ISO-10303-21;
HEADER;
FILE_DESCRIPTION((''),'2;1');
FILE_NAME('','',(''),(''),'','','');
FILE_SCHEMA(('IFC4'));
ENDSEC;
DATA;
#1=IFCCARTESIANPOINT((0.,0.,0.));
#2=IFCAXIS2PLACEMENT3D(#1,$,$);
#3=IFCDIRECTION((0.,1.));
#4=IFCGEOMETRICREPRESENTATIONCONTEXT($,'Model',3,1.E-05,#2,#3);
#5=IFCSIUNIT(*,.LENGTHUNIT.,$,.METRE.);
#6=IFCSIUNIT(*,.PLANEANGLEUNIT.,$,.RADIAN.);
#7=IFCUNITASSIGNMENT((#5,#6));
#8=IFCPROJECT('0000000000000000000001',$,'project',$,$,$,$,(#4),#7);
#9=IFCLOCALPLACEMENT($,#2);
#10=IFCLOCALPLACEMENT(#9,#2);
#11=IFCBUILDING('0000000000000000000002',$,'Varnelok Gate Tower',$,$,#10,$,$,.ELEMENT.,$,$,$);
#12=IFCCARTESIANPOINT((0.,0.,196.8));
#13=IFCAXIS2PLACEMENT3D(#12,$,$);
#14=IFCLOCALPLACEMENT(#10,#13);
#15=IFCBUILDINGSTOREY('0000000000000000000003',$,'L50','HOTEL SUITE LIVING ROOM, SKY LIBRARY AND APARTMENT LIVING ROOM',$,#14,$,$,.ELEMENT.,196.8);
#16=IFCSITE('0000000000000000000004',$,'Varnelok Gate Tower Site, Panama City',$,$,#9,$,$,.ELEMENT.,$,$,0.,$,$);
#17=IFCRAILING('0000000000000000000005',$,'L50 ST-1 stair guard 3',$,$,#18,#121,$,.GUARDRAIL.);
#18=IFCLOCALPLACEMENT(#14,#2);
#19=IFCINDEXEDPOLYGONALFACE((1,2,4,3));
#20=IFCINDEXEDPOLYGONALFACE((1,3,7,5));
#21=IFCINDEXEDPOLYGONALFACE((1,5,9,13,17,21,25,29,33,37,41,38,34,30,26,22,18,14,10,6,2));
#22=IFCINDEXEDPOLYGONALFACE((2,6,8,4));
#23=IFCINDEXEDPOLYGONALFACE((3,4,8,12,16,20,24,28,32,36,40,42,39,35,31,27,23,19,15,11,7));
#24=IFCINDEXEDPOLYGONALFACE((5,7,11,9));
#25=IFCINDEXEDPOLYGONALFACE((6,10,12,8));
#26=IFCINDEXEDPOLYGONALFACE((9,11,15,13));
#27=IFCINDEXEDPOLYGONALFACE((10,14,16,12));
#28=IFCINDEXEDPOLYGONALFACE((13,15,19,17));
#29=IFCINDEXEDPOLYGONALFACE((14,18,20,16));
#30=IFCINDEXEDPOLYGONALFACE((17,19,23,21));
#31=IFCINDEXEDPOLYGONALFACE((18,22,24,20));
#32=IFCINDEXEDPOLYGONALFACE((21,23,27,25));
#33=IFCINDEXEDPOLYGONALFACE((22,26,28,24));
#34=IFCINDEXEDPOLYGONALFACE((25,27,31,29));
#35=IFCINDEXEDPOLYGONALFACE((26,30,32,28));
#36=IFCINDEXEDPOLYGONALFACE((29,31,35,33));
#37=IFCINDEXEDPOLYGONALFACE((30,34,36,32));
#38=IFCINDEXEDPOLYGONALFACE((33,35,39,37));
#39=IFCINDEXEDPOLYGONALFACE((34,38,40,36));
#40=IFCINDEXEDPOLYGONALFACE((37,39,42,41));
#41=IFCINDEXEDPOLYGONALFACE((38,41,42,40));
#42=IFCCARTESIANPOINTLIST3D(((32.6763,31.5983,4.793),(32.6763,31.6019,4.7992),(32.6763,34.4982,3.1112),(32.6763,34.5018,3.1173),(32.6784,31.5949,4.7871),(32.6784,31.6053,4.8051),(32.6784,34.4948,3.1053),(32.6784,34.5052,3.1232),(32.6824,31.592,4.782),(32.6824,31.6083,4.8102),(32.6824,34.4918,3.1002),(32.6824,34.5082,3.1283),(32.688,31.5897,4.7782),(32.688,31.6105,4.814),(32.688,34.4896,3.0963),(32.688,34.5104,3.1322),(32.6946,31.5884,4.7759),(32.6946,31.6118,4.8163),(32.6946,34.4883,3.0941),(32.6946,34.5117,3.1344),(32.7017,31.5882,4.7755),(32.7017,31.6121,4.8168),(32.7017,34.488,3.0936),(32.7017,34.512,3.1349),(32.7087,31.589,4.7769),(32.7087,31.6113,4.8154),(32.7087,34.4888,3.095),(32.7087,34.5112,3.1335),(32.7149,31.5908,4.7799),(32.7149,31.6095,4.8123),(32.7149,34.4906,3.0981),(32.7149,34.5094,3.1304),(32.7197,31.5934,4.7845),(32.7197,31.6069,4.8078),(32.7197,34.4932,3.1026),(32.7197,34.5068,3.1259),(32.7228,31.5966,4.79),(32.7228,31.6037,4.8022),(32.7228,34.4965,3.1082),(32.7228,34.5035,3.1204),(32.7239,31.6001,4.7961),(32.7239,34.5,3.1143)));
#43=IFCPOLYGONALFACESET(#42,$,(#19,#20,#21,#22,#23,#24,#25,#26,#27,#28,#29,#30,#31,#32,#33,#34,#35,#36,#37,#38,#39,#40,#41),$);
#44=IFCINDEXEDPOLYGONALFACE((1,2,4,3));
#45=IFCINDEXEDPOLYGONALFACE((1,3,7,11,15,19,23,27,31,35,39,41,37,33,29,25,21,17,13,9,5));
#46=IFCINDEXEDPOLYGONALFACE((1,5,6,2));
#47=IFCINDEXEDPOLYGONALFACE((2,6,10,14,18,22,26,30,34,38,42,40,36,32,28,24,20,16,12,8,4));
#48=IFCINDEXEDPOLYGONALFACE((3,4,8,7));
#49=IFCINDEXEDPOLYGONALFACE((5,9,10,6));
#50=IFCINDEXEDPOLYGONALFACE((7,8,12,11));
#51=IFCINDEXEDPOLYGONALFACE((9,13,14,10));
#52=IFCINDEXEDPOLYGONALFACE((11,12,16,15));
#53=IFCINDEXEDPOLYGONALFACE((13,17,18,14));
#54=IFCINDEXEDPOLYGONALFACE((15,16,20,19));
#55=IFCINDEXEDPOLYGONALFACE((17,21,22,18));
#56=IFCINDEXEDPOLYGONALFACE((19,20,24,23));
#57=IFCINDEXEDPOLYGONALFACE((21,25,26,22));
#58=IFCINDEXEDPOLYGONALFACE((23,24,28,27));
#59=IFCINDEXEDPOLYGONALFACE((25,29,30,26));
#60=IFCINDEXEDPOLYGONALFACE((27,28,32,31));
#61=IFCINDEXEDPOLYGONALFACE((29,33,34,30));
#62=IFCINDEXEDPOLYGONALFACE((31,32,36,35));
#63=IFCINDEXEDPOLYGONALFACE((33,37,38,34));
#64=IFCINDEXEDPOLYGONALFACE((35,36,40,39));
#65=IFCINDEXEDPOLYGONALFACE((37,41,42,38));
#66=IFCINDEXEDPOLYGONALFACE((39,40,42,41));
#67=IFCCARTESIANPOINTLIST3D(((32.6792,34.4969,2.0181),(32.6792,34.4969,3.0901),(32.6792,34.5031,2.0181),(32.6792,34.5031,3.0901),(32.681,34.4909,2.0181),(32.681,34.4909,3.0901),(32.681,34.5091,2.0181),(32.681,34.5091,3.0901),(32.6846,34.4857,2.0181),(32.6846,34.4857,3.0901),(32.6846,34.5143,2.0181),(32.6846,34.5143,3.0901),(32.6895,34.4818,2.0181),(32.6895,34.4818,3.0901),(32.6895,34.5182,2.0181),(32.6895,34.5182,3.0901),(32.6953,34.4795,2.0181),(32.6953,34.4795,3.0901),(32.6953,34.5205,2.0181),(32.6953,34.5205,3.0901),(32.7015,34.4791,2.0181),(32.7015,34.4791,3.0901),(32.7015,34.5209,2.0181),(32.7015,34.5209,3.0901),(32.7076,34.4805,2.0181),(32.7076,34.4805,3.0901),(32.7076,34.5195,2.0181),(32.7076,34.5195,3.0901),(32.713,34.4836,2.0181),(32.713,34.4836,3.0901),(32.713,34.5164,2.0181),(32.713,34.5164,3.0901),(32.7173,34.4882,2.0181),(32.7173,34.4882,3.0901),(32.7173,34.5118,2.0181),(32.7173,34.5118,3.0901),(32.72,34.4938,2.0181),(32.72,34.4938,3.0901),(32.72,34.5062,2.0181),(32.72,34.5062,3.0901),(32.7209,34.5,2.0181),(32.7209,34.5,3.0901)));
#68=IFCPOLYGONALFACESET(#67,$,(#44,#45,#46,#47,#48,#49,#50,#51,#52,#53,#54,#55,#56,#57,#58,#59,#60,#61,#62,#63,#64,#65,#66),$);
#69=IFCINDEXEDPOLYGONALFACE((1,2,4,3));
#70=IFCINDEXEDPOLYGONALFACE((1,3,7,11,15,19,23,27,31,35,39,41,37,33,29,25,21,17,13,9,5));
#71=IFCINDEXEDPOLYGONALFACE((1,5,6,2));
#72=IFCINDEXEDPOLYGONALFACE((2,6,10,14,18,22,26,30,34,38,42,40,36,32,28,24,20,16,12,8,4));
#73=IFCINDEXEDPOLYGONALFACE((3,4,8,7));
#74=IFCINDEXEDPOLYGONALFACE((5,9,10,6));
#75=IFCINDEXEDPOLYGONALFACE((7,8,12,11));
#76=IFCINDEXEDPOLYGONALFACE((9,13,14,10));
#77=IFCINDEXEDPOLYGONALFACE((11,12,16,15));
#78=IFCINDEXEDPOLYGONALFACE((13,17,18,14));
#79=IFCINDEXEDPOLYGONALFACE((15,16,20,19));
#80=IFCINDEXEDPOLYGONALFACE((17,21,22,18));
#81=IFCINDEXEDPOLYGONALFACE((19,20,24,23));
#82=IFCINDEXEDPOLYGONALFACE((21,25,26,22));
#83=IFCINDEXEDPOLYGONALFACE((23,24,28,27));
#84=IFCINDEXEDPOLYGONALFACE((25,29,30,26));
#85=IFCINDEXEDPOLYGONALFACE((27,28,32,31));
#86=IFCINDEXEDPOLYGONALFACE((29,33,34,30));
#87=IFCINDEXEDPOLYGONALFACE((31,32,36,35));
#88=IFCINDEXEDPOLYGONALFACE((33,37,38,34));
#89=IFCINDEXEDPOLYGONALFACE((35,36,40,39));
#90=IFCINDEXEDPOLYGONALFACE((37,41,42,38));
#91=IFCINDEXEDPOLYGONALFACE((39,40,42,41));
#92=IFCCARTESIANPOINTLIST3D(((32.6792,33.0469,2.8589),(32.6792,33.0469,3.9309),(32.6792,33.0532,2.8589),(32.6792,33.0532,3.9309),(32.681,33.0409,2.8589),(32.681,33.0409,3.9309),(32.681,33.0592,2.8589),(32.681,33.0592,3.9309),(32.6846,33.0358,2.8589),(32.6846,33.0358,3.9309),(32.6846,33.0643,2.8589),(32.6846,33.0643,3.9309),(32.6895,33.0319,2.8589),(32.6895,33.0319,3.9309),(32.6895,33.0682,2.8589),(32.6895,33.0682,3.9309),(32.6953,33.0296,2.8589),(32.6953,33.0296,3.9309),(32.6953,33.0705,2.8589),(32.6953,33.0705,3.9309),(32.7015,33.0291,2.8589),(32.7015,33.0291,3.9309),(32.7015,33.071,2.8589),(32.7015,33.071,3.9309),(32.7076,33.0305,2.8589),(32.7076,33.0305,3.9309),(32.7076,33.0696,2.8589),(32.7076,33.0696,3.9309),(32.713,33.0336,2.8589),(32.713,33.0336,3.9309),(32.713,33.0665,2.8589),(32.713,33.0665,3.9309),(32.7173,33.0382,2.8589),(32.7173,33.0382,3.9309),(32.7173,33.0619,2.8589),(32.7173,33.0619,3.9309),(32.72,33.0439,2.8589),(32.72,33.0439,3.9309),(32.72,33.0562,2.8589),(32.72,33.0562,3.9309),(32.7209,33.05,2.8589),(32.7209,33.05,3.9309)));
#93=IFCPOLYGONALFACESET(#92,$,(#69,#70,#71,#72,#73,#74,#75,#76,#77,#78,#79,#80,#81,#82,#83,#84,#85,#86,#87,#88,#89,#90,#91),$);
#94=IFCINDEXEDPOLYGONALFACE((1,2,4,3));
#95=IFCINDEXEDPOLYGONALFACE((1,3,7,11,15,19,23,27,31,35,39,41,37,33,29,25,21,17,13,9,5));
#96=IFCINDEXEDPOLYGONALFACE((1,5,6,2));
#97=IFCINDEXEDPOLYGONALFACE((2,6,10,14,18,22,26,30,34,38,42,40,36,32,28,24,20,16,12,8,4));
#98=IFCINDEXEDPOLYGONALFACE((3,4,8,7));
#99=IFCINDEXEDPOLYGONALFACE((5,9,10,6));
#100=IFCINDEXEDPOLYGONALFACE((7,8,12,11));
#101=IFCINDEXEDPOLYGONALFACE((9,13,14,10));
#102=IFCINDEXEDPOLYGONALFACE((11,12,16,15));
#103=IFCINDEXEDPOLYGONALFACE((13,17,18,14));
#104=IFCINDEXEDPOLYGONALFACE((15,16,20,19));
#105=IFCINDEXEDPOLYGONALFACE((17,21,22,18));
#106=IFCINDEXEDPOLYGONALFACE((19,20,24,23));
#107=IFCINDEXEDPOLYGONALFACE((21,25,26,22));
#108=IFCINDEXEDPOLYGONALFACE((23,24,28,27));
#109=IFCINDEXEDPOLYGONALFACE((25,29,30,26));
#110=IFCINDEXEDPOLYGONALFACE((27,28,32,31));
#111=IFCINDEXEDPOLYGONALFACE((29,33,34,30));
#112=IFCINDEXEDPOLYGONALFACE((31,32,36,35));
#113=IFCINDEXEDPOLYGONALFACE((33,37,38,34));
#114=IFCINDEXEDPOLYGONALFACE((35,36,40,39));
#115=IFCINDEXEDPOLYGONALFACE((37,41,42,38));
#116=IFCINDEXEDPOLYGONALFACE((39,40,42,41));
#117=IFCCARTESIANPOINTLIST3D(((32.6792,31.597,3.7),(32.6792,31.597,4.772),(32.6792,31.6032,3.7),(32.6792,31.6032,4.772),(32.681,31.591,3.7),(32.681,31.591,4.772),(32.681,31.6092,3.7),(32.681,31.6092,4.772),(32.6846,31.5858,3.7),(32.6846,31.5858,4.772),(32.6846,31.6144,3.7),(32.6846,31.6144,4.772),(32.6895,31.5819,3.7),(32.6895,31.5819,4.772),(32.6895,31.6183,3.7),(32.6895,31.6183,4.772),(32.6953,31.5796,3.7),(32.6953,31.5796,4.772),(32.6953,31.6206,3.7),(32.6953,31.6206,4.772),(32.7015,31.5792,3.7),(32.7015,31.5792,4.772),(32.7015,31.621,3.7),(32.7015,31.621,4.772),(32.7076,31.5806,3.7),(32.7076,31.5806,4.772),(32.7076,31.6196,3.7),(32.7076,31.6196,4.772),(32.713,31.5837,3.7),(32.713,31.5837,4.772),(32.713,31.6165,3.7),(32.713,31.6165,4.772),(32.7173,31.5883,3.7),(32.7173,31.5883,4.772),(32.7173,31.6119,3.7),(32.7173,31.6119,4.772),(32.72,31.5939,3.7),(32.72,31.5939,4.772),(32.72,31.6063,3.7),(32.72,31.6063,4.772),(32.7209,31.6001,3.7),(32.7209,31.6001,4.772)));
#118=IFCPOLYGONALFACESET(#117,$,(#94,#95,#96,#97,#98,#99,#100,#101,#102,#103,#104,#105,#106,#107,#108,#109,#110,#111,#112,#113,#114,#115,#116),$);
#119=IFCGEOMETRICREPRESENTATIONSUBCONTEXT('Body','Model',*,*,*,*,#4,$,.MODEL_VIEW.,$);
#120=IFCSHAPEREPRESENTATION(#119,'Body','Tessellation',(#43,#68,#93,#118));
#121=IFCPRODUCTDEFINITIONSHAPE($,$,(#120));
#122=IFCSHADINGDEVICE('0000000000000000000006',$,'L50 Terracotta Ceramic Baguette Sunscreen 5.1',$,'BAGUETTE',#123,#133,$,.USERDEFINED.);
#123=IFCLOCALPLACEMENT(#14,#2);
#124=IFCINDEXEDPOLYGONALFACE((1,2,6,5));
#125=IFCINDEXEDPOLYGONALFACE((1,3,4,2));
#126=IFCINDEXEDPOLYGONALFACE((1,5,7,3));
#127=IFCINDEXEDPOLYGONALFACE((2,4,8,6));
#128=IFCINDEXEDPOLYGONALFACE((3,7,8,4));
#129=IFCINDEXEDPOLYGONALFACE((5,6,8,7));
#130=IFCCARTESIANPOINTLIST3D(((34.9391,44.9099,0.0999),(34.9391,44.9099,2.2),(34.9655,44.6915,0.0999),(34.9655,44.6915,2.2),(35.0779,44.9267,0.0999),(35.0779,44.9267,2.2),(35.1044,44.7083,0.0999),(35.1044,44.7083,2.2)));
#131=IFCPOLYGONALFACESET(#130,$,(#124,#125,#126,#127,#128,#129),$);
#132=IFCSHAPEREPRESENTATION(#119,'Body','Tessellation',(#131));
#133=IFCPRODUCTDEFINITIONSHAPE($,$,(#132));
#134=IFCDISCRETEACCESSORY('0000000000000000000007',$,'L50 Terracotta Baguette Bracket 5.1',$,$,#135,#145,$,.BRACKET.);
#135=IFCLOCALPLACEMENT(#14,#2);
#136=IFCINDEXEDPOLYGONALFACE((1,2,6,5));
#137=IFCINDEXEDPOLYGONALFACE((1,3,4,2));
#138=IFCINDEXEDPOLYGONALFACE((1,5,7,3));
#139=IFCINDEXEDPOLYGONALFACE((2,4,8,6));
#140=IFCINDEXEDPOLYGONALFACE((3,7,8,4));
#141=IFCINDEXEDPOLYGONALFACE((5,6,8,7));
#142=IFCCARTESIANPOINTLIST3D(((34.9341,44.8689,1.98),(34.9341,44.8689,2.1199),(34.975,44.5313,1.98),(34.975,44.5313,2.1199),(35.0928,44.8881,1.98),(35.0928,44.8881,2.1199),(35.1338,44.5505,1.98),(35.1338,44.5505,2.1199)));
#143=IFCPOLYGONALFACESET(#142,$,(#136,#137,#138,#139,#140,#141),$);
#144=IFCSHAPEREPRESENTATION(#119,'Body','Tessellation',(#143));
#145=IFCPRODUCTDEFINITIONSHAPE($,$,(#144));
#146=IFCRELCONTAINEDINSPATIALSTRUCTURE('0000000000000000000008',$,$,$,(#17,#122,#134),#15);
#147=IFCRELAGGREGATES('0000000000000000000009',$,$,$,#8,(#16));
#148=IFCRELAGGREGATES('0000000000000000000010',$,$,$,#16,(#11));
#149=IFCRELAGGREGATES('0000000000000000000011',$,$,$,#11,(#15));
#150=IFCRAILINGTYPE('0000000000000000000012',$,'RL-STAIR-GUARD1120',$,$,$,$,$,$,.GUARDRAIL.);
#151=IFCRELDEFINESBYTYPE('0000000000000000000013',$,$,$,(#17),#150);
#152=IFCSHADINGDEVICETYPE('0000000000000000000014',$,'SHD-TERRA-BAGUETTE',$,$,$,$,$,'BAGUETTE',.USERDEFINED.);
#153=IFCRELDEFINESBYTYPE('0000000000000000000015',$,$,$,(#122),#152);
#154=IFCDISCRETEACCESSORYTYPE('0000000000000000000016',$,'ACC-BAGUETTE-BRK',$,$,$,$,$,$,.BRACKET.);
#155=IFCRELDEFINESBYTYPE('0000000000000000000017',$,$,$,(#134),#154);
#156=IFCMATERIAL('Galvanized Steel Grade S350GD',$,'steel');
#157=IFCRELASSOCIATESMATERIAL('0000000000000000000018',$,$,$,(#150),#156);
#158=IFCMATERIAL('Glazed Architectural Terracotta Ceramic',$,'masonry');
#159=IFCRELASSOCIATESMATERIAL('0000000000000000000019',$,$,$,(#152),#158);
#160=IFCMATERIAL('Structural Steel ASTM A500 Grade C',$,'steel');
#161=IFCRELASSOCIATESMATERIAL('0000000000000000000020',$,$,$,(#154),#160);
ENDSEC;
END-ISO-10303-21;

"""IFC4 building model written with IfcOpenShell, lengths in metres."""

from ifc_helpers import new_model, si_unit, direction, frame, origin, origin_2d, place, context, subcontext, project, spatial, rectangle, circle, extrude, source, transform, mapped, material, type_object, element, save


model = new_model("IFC4")

# Units and contexts
model_context = context("Model", 3, precision=1e-05, world=origin(), true_north=direction((0.0, 1.0)))
body_context = subcontext(model_context, "Body", "Model", "MODEL_VIEW")
ifc_project = project(units=[si_unit("LENGTHUNIT", "METRE"), si_unit("PLANEANGLEUNIT", "RADIAN")], contexts=[model_context])

# Site, building, storey
site_placement = place(None, origin())
site = spatial("IfcSite", under=ifc_project, at=site_placement, Name="Varnelok Gate Tower Site, Panama City", CompositionType="ELEMENT", RefElevation=0.0)
building_placement = place(site_placement, origin())
building = spatial("IfcBuilding", under=site, at=building_placement, Name="Varnelok Gate Tower", CompositionType="ELEMENT")
storey_placement = place(building_placement, frame((0.0, 0.0, 196.8)))
storey = spatial("IfcBuildingStorey", under=building, at=storey_placement, Name="L50", Description="HOTEL SUITE LIVING ROOM, SKY LIBRARY AND APARTMENT LIVING ROOM", CompositionType="ELEMENT", Elevation=196.8)

# Railing
ifc_material_1 = material(Name="Galvanized Steel Grade S350GD", Category="steel")
railing_type_1 = type_object("IfcRailingType", Name="RL-STAIR-GUARD1120", PredefinedType="GUARDRAIL", material=ifc_material_1)
railing_1_placement = place(storey_placement, frame((32.7, 34.5, 2.0181)))
element("IfcRailing", 1, at=railing_1_placement, inside=storey, type_object=railing_type_1, Name="L50 ST-1 stair guard 3", PredefinedType="GUARDRAIL", context=body_context, shape_type="SweptSolid", body=[
    extrude(circle(Radius=0.0239, at=origin_2d()), frame((0.0, 0.0, 1.0962), z_axis=(0.0, -0.865039, 0.501705), x_axis=(1.0, 0.0, 0.0)), (0.0, 0.0, 1.0), 3.3523),
    extrude(circle(Radius=0.021, at=origin_2d()), origin(), (0.0, 0.0, 1.0), 1.072),
    extrude(circle(Radius=0.021, at=origin_2d()), frame((0.0, -1.45, 0.8408)), (0.0, 0.0, 1.0), 1.072),
    extrude(circle(Radius=0.021, at=origin_2d()), frame((0.0, -2.8999, 1.6819)), (0.0, 0.0, 1.0), 1.072),
])

# Shading device
ifc_material_2 = material(Name="Glazed Architectural Terracotta Ceramic", Category="masonry")
shading_device_type = type_object("IfcShadingDeviceType", Name="SHD-TERRA-BAGUETTE", ElementType="BAGUETTE", PredefinedType="USERDEFINED", material=ifc_material_2)
shared_shape_1 = source(origin(), body_context, "Body", "SweptSolid", [
    extrude(rectangle(XDim=0.1399, YDim=0.22, at=origin_2d()), origin(), (0.0, 0.0, 1.0), 2.1001),
])
shading_device_placement = place(storey_placement, frame((35.0217, 44.8091, 0.0999), z_axis=(0.0, 0.0, 1.0), x_axis=(0.992732, 0.120345, 0.0)))
element("IfcShadingDevice", 2, at=shading_device_placement, inside=storey, type_object=shading_device_type, Name="L50 Terracotta Ceramic Baguette Sunscreen 5.1", ObjectType="BAGUETTE", PredefinedType="USERDEFINED", context=body_context, shape_type="MappedRepresentation", body=[
    mapped(shared_shape_1, transform((0.0, 0.0, 0.0), scale=1.0)),
])

# Discrete accessory
ifc_material_3 = material(Name="Structural Steel ASTM A500 Grade C", Category="steel")
discrete_accessory_type = type_object("IfcDiscreteAccessoryType", Name="ACC-BAGUETTE-BRK", PredefinedType="BRACKET", material=ifc_material_3)
shared_shape_2 = source(origin(), body_context, "Body", "SweptSolid", [
    extrude(rectangle(XDim=0.1599, YDim=0.3401, at=origin_2d()), origin(), (0.0, 0.0, 1.0), 0.1399),
])
discrete_accessory_placement = place(storey_placement, frame((35.0339, 44.7097, 1.98), z_axis=(0.0, 0.0, 1.0), x_axis=(0.992732, 0.120345, 0.0)))
element("IfcDiscreteAccessory", 3, at=discrete_accessory_placement, inside=storey, type_object=discrete_accessory_type, Name="L50 Terracotta Baguette Bracket 5.1", PredefinedType="BRACKET", context=body_context, shape_type="MappedRepresentation", body=[
    mapped(shared_shape_2, transform((0.0, 0.0, 0.0), scale=1.0)),
])

save(model, "model.ifc")
